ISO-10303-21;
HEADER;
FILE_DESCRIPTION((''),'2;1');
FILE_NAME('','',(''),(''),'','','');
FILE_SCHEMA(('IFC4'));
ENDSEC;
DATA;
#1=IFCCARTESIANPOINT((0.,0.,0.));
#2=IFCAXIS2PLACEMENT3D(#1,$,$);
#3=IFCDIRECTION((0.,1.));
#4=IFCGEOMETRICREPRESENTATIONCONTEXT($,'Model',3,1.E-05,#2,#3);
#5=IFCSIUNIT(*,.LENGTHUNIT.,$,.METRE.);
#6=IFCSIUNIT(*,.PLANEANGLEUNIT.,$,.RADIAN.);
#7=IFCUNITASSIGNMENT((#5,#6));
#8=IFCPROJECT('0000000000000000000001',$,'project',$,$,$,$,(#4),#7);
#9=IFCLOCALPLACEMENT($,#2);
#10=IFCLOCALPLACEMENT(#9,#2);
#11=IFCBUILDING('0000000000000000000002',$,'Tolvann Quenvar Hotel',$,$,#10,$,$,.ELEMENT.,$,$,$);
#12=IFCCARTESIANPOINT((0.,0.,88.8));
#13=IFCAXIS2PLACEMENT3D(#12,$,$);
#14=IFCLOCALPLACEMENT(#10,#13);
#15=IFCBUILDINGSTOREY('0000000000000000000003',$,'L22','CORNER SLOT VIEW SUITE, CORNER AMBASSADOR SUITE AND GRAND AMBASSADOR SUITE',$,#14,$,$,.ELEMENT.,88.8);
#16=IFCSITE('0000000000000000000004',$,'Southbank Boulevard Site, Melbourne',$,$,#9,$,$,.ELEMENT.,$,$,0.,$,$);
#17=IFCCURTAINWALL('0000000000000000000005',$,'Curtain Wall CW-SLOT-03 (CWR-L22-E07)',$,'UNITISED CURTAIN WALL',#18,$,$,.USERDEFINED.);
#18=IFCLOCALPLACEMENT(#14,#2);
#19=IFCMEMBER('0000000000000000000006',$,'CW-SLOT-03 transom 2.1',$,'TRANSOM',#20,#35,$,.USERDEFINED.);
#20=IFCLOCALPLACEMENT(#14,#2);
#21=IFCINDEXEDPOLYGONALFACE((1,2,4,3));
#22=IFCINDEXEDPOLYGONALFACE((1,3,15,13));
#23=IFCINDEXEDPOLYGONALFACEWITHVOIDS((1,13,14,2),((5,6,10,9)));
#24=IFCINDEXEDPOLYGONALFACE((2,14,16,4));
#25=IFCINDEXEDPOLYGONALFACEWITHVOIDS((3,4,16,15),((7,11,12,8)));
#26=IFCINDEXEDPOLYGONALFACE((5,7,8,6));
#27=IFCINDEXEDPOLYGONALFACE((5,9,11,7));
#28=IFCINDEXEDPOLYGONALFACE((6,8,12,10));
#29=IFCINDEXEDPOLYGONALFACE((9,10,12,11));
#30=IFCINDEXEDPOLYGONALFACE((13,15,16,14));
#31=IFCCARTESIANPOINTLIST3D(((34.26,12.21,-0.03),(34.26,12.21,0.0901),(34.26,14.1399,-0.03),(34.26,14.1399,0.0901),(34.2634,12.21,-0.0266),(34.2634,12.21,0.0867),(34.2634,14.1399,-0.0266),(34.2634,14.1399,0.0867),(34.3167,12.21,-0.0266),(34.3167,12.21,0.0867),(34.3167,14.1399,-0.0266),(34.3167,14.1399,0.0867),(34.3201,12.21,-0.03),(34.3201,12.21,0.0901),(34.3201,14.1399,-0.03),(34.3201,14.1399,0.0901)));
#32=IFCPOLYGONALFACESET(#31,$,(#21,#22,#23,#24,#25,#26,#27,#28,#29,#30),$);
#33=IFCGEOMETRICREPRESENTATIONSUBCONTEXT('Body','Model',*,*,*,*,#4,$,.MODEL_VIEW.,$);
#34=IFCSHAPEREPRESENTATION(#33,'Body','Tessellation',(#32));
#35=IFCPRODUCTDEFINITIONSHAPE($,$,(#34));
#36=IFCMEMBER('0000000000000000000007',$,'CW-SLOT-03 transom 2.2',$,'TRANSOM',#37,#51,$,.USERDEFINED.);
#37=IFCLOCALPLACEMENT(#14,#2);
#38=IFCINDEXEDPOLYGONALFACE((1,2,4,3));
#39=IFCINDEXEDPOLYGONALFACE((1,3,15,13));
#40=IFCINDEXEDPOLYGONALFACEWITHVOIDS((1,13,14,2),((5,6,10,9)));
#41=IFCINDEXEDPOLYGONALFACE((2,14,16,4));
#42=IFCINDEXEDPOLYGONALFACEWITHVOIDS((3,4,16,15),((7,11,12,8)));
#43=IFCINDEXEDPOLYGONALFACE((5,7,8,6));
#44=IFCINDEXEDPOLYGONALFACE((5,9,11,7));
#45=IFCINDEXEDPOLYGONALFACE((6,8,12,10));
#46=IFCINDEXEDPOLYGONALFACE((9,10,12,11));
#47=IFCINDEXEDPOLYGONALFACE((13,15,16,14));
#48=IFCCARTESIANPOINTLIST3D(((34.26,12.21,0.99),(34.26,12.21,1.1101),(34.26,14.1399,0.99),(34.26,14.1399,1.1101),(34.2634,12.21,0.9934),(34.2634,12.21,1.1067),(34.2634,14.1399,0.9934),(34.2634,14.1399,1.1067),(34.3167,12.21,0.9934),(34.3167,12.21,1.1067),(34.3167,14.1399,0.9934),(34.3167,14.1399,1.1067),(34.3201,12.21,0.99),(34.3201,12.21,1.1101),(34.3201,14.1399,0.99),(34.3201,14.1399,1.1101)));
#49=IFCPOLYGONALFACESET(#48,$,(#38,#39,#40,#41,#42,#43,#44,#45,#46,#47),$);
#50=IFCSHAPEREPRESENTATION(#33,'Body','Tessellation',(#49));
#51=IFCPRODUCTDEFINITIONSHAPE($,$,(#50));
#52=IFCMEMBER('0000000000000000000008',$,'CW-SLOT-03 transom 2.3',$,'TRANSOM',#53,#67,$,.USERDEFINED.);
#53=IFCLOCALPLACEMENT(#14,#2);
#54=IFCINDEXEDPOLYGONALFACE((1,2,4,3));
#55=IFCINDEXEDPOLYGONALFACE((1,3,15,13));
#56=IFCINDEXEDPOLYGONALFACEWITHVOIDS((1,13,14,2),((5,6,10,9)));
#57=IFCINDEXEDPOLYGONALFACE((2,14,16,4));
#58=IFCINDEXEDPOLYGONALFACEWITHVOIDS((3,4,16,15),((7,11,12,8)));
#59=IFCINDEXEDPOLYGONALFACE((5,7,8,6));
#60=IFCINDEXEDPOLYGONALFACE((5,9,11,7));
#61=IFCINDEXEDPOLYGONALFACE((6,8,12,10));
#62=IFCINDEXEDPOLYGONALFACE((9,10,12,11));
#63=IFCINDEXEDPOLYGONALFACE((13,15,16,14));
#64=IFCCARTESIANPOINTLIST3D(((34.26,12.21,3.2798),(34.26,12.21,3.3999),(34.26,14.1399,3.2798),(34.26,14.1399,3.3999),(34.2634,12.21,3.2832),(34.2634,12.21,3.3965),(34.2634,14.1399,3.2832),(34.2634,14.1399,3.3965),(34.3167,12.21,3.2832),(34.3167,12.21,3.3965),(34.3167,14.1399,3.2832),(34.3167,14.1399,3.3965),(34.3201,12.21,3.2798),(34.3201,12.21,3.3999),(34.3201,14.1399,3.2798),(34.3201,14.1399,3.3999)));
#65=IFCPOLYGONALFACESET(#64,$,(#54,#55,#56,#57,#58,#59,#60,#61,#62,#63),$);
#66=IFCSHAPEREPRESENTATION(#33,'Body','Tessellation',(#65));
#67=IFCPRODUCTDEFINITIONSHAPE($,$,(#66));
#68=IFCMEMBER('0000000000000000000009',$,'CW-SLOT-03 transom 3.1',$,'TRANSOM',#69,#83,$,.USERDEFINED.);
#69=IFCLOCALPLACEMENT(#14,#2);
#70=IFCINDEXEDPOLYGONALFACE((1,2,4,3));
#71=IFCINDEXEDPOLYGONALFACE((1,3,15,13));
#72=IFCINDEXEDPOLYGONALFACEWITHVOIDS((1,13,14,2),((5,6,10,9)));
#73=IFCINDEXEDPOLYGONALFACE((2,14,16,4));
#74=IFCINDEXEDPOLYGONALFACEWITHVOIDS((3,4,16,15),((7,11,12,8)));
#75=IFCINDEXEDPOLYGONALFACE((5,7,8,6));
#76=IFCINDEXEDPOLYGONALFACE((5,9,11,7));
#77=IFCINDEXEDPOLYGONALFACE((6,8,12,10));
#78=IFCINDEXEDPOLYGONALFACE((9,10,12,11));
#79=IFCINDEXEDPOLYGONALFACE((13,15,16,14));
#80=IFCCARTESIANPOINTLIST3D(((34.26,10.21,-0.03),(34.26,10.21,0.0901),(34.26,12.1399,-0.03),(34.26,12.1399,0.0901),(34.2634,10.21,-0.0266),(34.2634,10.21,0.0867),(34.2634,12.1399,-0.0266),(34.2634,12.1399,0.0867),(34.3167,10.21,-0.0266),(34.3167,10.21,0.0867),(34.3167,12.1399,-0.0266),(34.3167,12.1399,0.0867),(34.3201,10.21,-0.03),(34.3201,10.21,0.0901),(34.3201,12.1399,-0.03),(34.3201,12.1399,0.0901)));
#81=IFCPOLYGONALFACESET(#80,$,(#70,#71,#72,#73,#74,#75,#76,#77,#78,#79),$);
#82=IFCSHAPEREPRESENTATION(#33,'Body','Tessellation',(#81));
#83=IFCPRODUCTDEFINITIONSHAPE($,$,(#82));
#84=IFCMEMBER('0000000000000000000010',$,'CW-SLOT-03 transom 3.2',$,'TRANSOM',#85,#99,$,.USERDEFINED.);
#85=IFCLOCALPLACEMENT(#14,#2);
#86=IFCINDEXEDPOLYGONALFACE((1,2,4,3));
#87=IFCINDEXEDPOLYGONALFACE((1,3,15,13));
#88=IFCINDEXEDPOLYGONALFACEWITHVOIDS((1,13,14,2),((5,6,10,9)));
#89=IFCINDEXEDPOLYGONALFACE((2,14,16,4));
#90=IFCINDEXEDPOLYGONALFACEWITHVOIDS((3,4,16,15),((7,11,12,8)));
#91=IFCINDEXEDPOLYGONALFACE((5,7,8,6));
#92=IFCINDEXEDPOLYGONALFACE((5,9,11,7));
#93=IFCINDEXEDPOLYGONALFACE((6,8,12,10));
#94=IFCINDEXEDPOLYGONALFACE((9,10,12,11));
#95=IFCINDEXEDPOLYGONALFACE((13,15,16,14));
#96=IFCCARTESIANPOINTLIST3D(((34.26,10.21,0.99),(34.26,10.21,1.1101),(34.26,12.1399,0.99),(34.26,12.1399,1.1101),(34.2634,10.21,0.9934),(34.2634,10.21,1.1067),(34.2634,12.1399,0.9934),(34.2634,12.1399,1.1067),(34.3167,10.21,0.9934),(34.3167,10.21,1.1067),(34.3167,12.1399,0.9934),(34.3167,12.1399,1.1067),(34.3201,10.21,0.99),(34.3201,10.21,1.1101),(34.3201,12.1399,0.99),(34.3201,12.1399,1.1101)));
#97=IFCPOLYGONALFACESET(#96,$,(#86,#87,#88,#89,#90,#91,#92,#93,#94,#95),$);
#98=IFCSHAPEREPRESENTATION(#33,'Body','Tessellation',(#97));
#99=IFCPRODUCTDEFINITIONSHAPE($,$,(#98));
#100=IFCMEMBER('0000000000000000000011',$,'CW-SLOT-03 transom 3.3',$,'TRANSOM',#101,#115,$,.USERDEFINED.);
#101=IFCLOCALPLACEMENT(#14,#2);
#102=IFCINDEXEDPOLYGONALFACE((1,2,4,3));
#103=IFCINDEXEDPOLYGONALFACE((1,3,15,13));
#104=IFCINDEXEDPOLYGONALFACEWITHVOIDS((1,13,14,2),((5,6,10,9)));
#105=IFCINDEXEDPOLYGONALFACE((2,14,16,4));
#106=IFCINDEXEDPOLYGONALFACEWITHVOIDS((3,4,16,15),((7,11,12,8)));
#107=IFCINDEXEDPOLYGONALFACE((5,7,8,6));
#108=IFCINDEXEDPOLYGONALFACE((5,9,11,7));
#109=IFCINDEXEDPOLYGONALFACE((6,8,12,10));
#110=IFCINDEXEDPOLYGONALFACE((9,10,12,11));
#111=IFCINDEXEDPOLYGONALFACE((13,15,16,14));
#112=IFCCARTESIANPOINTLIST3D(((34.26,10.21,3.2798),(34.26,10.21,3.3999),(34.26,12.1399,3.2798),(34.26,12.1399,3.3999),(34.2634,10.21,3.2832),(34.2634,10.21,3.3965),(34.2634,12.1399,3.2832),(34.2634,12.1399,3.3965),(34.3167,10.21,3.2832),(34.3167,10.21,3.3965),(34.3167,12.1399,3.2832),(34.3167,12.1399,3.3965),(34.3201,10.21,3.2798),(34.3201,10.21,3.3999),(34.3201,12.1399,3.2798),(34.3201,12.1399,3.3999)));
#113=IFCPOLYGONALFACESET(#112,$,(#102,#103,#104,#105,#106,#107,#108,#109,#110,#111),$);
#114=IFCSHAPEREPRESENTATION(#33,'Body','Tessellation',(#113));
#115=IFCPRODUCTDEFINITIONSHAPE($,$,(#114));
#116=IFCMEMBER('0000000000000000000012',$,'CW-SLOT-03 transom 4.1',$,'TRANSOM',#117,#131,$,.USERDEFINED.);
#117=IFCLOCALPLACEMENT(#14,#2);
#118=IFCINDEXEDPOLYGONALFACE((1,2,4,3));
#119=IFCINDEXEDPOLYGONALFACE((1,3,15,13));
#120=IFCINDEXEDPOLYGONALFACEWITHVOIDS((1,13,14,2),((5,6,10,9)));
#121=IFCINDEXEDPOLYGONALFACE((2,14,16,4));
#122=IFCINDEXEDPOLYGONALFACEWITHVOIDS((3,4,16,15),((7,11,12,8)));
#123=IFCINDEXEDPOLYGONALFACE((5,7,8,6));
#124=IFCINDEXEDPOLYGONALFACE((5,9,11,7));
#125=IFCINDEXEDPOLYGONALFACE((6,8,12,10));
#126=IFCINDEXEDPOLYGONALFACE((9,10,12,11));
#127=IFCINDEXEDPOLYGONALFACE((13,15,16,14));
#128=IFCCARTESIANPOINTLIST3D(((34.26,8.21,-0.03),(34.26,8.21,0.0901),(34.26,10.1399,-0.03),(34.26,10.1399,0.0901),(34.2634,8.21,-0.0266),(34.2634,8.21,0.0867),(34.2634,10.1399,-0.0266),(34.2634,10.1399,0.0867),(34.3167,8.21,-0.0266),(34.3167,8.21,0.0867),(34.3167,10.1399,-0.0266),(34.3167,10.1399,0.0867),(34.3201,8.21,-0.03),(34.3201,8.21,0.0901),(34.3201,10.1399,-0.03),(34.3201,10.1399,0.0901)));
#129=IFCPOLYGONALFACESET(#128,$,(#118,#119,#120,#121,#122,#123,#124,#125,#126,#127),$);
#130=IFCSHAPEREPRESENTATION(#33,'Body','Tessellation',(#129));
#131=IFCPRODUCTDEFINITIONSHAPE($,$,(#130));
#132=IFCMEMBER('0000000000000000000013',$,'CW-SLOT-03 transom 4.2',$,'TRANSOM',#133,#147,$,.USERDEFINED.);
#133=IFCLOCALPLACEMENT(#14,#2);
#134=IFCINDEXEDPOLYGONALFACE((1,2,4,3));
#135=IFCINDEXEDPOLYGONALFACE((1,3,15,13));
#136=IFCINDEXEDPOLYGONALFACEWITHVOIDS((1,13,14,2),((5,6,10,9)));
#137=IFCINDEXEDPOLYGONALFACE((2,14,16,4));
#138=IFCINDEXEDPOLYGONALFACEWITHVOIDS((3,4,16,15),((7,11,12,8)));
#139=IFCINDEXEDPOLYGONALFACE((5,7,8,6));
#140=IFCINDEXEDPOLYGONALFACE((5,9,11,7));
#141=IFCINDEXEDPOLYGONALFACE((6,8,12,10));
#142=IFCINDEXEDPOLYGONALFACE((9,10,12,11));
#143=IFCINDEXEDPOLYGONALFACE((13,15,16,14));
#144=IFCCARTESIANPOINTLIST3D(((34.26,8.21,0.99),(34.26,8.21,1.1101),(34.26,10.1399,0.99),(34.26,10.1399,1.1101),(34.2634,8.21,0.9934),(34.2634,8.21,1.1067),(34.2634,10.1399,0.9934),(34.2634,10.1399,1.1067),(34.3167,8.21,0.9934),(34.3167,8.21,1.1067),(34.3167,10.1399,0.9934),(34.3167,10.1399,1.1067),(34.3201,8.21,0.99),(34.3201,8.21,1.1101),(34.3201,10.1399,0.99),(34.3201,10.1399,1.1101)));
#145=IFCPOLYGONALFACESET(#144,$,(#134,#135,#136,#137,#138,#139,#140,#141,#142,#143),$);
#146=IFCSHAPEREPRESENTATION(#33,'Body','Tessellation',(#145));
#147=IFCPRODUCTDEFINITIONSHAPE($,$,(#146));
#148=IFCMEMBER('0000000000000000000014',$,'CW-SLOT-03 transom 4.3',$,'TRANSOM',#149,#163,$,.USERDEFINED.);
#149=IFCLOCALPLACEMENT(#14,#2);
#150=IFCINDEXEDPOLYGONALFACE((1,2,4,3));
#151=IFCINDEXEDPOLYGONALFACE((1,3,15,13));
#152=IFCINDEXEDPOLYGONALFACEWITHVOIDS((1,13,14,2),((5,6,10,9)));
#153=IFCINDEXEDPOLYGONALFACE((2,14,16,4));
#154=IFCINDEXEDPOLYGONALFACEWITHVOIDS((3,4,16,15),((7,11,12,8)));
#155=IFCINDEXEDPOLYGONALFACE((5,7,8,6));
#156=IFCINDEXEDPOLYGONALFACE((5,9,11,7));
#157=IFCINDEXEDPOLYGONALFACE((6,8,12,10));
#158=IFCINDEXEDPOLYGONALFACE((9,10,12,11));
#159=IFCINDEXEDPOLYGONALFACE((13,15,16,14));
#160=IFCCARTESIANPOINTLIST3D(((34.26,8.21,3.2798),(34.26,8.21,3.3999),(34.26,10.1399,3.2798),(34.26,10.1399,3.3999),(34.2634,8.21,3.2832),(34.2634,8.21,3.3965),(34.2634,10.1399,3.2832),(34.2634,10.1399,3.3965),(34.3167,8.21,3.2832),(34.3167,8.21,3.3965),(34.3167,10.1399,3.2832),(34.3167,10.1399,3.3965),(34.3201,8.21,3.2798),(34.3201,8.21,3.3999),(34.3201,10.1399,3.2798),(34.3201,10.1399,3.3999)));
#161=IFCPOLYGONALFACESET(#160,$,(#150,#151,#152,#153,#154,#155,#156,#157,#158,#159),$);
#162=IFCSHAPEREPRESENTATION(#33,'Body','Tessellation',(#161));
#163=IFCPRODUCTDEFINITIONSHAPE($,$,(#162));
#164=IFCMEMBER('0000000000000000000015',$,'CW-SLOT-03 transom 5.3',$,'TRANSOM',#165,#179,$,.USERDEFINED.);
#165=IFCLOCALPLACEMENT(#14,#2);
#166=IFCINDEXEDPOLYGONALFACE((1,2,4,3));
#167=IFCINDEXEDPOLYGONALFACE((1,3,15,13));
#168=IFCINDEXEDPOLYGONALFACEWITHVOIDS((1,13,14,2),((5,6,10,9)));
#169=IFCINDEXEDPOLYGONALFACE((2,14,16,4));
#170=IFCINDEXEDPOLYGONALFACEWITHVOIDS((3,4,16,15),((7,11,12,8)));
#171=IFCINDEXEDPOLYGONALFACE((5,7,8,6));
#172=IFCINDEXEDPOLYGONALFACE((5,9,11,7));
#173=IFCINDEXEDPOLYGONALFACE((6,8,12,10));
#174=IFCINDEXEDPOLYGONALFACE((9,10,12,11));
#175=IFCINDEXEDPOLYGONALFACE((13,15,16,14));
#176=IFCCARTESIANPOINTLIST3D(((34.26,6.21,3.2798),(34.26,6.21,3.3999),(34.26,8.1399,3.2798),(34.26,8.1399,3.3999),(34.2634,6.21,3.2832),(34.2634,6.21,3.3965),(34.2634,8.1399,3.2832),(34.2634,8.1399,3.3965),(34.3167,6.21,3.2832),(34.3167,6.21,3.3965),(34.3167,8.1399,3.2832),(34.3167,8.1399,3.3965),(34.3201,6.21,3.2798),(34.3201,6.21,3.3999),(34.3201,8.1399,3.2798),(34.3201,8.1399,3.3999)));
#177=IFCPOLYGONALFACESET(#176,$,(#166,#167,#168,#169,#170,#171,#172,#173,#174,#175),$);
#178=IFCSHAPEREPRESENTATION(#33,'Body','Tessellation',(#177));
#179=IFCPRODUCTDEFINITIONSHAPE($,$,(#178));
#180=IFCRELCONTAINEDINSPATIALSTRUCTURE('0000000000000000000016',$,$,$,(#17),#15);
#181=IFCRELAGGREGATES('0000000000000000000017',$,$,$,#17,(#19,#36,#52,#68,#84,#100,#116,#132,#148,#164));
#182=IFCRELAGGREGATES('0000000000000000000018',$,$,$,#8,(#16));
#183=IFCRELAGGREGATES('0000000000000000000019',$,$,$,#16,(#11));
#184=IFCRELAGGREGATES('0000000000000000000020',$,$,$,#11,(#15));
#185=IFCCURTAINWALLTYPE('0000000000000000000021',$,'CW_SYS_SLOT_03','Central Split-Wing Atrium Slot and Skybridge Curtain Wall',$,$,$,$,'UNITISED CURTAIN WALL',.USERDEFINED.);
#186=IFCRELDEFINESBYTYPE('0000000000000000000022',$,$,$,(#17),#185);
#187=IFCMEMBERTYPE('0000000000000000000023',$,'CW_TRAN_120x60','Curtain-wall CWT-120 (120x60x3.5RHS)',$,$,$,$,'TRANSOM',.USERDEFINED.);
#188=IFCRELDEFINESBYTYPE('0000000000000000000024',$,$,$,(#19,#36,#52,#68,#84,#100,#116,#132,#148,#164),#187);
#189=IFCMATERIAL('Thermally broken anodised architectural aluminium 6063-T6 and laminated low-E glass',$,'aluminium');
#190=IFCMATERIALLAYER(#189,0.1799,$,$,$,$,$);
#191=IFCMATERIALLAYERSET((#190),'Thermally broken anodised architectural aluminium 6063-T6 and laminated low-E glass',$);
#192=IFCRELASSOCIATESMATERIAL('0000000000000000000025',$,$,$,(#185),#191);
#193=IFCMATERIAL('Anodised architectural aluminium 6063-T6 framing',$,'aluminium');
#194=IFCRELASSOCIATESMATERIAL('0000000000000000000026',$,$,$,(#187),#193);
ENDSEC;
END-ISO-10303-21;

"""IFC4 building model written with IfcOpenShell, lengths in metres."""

from ifc_helpers import new_model, si_unit, direction, frame, origin, origin_2d, place, context, subcontext, project, spatial, hollow_rectangle, extrude, source, transform, mapped, material, layer, layer_set, material_profile, profile_set, type_object, element, aggregate, save


model = new_model("IFC4")

# Units and contexts
model_context = context("Model", 3, precision=1e-05, world=origin(), true_north=direction((0.0, 1.0)))
body_context = subcontext(model_context, "Body", "Model", "MODEL_VIEW")
ifc_project = project(units=[si_unit("LENGTHUNIT", "METRE"), si_unit("PLANEANGLEUNIT", "RADIAN")], contexts=[model_context])

# Site, building, storey
site_placement = place(None, origin())
site = spatial("IfcSite", under=ifc_project, at=site_placement, Name="Southbank Boulevard Site, Melbourne", CompositionType="ELEMENT", RefElevation=0.0)
building_placement = place(site_placement, origin())
building = spatial("IfcBuilding", under=site, at=building_placement, Name="Tolvann Quenvar Hotel", CompositionType="ELEMENT")
storey_placement = place(building_placement, frame((0.0, 0.0, 88.8)))
storey = spatial("IfcBuildingStorey", under=building, at=storey_placement, Name="L22", Description="CORNER SLOT VIEW SUITE, CORNER AMBASSADOR SUITE AND GRAND AMBASSADOR SUITE", CompositionType="ELEMENT", Elevation=88.8)

# Curtain wall, members
ifc_material_1 = material(Name="Thermally broken anodised architectural aluminium 6063-T6 and laminated low-E glass", Category="aluminium")
ifc_layer_1 = layer(ifc_material_1, 0.1799)
ifc_layer_set_1 = layer_set([ifc_layer_1], Name="Thermally broken anodised architectural aluminium 6063-T6 and laminated low-E glass")
curtain_wall_type = type_object("IfcCurtainWallType", Name="CW_SYS_SLOT_03", Description="Central Split-Wing Atrium Slot and Skybridge Curtain Wall", ElementType="UNITISED CURTAIN WALL", PredefinedType="USERDEFINED", material=ifc_layer_set_1)
curtain_wall_1_placement = place(storey_placement, origin())
curtain_wall_1 = element("IfcCurtainWall", 1, at=curtain_wall_1_placement, inside=storey, type_object=curtain_wall_type, Name="Curtain Wall CW-SLOT-03 (CWR-L22-E07)", ObjectType="UNITISED CURTAIN WALL", PredefinedType="USERDEFINED")
ifc_material_2 = material(Name="Anodised architectural aluminium 6063-T6 framing", Category="aluminium")
ifc_material_profile_1 = material_profile(ifc_material_2, hollow_rectangle(XDim=0.0601, YDim=0.1201, WallThickness=0.0034, at=origin_2d()), Name="120x60x3.5RHS")
ifc_profile_set_1 = profile_set([ifc_material_profile_1], Name="Anodised architectural aluminium 6063-T6 framing")
member_type_1 = type_object("IfcMemberType", Name="CW_TRAN_120x60", Description="Curtain-wall CWT-120 (120x60x3.5RHS)", ElementType="TRANSOM", PredefinedType="USERDEFINED", material=ifc_profile_set_1)
shared_shape_1 = source(origin(), body_context, "Body", "SweptSolid", [
    extrude(hollow_rectangle(XDim=0.0601, YDim=0.1201, WallThickness=0.0034, at=origin_2d()), origin(), (0.0, 0.0, 1.0), 1.9299),
])
member_1_placement = place(storey_placement, frame((34.29, 14.1399, 0.03), z_axis=(0.0, -1.0, 0.0), x_axis=(1.0, 0.0, 0.0)))
member_1 = element("IfcMember", 2, at=member_1_placement, type_object=member_type_1, Name="CW-SLOT-03 transom 2.1", ObjectType="TRANSOM", PredefinedType="USERDEFINED", context=body_context, shape_type="MappedRepresentation", body=[
    mapped(shared_shape_1, transform((0.0, 0.0, 0.0), x_axis=(1.0, 0.0, 0.0), y_axis=(0.0, 1.0, 0.0), z_axis=(0.0, 0.0, 1.0), scale=1.0)),
])
member_2_placement = place(storey_placement, frame((34.29, 14.1399, 1.05), z_axis=(0.0, -1.0, 0.0), x_axis=(1.0, 0.0, 0.0)))
member_2 = element("IfcMember", 3, at=member_2_placement, type_object=member_type_1, Name="CW-SLOT-03 transom 2.2", ObjectType="TRANSOM", PredefinedType="USERDEFINED", context=body_context, shape_type="MappedRepresentation", body=[
    mapped(shared_shape_1, transform((0.0, 0.0, 0.0), x_axis=(1.0, 0.0, 0.0), y_axis=(0.0, 1.0, 0.0), z_axis=(0.0, 0.0, 1.0), scale=1.0)),
])
member_3_placement = place(storey_placement, frame((34.29, 14.1399, 3.3398), z_axis=(0.0, -1.0, 0.0), x_axis=(1.0, 0.0, 0.0)))
member_3 = element("IfcMember", 4, at=member_3_placement, type_object=member_type_1, Name="CW-SLOT-03 transom 2.3", ObjectType="TRANSOM", PredefinedType="USERDEFINED", context=body_context, shape_type="MappedRepresentation", body=[
    mapped(shared_shape_1, transform((0.0, 0.0, 0.0), x_axis=(1.0, 0.0, 0.0), y_axis=(0.0, 1.0, 0.0), z_axis=(0.0, 0.0, 1.0), scale=1.0)),
])
member_4_placement = place(storey_placement, frame((34.29, 12.1399, 0.03), z_axis=(0.0, -1.0, 0.0), x_axis=(1.0, 0.0, 0.0)))
member_4 = element("IfcMember", 5, at=member_4_placement, type_object=member_type_1, Name="CW-SLOT-03 transom 3.1", ObjectType="TRANSOM", PredefinedType="USERDEFINED", context=body_context, shape_type="MappedRepresentation", body=[
    mapped(shared_shape_1, transform((0.0, 0.0, 0.0), x_axis=(1.0, 0.0, 0.0), y_axis=(0.0, 1.0, 0.0), z_axis=(0.0, 0.0, 1.0), scale=1.0)),
])
member_5_placement = place(storey_placement, frame((34.29, 12.1399, 1.05), z_axis=(0.0, -1.0, 0.0), x_axis=(1.0, 0.0, 0.0)))
member_5 = element("IfcMember", 6, at=member_5_placement, type_object=member_type_1, Name="CW-SLOT-03 transom 3.2", ObjectType="TRANSOM", PredefinedType="USERDEFINED", context=body_context, shape_type="MappedRepresentation", body=[
    mapped(shared_shape_1, transform((0.0, 0.0, 0.0), x_axis=(1.0, 0.0, 0.0), y_axis=(0.0, 1.0, 0.0), z_axis=(0.0, 0.0, 1.0), scale=1.0)),
])
member_6_placement = place(storey_placement, frame((34.29, 12.1399, 3.3398), z_axis=(0.0, -1.0, 0.0), x_axis=(1.0, 0.0, 0.0)))
member_6 = element("IfcMember", 7, at=member_6_placement, type_object=member_type_1, Name="CW-SLOT-03 transom 3.3", ObjectType="TRANSOM", PredefinedType="USERDEFINED", context=body_context, shape_type="MappedRepresentation", body=[
    mapped(shared_shape_1, transform((0.0, 0.0, 0.0), x_axis=(1.0, 0.0, 0.0), y_axis=(0.0, 1.0, 0.0), z_axis=(0.0, 0.0, 1.0), scale=1.0)),
])
member_7_placement = place(storey_placement, frame((34.29, 10.1399, 0.03), z_axis=(0.0, -1.0, 0.0), x_axis=(1.0, 0.0, 0.0)))
member_7 = element("IfcMember", 8, at=member_7_placement, type_object=member_type_1, Name="CW-SLOT-03 transom 4.1", ObjectType="TRANSOM", PredefinedType="USERDEFINED", context=body_context, shape_type="MappedRepresentation", body=[
    mapped(shared_shape_1, transform((0.0, 0.0, 0.0), x_axis=(1.0, 0.0, 0.0), y_axis=(0.0, 1.0, 0.0), z_axis=(0.0, 0.0, 1.0), scale=1.0)),
])
member_8_placement = place(storey_placement, frame((34.29, 10.1399, 1.05), z_axis=(0.0, -1.0, 0.0), x_axis=(1.0, 0.0, 0.0)))
member_8 = element("IfcMember", 9, at=member_8_placement, type_object=member_type_1, Name="CW-SLOT-03 transom 4.2", ObjectType="TRANSOM", PredefinedType="USERDEFINED", context=body_context, shape_type="MappedRepresentation", body=[
    mapped(shared_shape_1, transform((0.0, 0.0, 0.0), x_axis=(1.0, 0.0, 0.0), y_axis=(0.0, 1.0, 0.0), z_axis=(0.0, 0.0, 1.0), scale=1.0)),
])
member_9_placement = place(storey_placement, frame((34.29, 10.1399, 3.3398), z_axis=(0.0, -1.0, 0.0), x_axis=(1.0, 0.0, 0.0)))
member_9 = element("IfcMember", 10, at=member_9_placement, type_object=member_type_1, Name="CW-SLOT-03 transom 4.3", ObjectType="TRANSOM", PredefinedType="USERDEFINED", context=body_context, shape_type="MappedRepresentation", body=[
    mapped(shared_shape_1, transform((0.0, 0.0, 0.0), x_axis=(1.0, 0.0, 0.0), y_axis=(0.0, 1.0, 0.0), z_axis=(0.0, 0.0, 1.0), scale=1.0)),
])
member_10_placement = place(storey_placement, frame((34.29, 8.1399, 3.3398), z_axis=(0.0, -1.0, 0.0), x_axis=(1.0, 0.0, 0.0)))
member_10 = element("IfcMember", 11, at=member_10_placement, type_object=member_type_1, Name="CW-SLOT-03 transom 5.3", ObjectType="TRANSOM", PredefinedType="USERDEFINED", context=body_context, shape_type="MappedRepresentation", body=[
    mapped(shared_shape_1, transform((0.0, 0.0, 0.0), x_axis=(1.0, 0.0, 0.0), y_axis=(0.0, 1.0, 0.0), z_axis=(0.0, 0.0, 1.0), scale=1.0)),
])

aggregate(curtain_wall_1, [member_1, member_2, member_3, member_4, member_5, member_6, member_7, member_8, member_9, member_10])

save(model, "model.ifc")
